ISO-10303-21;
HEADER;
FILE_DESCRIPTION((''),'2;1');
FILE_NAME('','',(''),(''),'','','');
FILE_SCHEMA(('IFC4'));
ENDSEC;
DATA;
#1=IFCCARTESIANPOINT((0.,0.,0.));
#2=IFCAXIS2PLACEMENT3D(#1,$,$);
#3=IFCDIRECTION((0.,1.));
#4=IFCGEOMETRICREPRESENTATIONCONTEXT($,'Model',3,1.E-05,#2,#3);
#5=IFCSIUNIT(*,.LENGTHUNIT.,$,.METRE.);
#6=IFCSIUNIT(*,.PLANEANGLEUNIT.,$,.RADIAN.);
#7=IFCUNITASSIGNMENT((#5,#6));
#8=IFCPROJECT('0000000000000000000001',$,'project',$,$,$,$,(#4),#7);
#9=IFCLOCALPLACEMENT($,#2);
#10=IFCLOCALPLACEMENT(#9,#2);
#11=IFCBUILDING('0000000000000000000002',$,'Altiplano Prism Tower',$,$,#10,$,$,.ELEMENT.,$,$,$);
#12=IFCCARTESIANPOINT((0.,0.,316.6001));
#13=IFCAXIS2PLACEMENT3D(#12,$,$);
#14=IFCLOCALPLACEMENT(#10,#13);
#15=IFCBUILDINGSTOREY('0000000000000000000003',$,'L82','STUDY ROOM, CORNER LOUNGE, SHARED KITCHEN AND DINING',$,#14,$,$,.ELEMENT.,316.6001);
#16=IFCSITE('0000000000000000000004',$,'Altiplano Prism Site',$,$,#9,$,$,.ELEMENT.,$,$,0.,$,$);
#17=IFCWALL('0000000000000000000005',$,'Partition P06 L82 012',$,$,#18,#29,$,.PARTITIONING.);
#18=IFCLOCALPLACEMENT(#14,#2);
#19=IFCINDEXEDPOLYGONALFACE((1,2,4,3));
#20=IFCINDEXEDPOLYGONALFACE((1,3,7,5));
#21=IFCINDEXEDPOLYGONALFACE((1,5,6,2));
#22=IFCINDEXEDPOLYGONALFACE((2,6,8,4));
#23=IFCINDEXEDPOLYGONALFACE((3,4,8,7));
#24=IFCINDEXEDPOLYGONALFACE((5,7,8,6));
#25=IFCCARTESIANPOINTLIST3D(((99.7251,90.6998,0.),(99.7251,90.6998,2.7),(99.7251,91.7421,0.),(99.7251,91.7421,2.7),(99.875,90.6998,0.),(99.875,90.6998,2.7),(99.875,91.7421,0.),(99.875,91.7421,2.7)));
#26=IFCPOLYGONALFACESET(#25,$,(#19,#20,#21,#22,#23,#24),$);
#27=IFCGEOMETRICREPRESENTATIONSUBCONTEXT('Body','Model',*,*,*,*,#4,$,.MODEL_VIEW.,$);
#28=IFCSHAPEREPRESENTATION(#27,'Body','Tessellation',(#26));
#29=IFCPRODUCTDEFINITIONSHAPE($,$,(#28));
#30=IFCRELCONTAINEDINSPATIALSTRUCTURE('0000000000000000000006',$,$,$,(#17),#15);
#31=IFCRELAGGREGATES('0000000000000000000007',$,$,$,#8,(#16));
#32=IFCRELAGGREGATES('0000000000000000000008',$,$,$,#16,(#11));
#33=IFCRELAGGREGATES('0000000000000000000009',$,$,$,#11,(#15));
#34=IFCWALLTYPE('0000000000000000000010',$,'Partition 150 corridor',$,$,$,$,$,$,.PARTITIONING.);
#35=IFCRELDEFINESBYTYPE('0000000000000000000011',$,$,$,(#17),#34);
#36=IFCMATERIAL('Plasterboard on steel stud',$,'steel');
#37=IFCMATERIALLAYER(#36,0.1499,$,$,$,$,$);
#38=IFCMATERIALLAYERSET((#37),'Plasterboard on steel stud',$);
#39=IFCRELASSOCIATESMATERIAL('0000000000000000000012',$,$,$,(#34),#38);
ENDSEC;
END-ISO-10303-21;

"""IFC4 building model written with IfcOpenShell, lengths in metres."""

from ifc_helpers import new_model, si_unit, direction, frame, frame_2d, origin, place, context, subcontext, project, spatial, rectangle, extrude, material, layer, layer_set, type_object, element, save


model = new_model("IFC4")

# Units and contexts
model_context = context("Model", 3, precision=1e-05, world=origin(), true_north=direction((0.0, 1.0)))
body_context = subcontext(model_context, "Body", "Model", "MODEL_VIEW")
ifc_project = project(units=[si_unit("LENGTHUNIT", "METRE"), si_unit("PLANEANGLEUNIT", "RADIAN")], contexts=[model_context])

# Site, building, storey
site_placement = place(None, origin())
site = spatial("IfcSite", under=ifc_project, at=site_placement, Name="Altiplano Prism Site", CompositionType="ELEMENT", RefElevation=0.0)
building_placement = place(site_placement, origin())
building = spatial("IfcBuilding", under=site, at=building_placement, Name="Altiplano Prism Tower", CompositionType="ELEMENT")
storey_placement = place(building_placement, frame((0.0, 0.0, 316.6001)))
storey = spatial("IfcBuildingStorey", under=building, at=storey_placement, Name="L82", Description="STUDY ROOM, CORNER LOUNGE, SHARED KITCHEN AND DINING", CompositionType="ELEMENT", Elevation=316.6001)

# Shared definitions
ifc_material_1 = material(Name="Plasterboard on steel stud", Category="steel")

# Shared definitions
ifc_layer_1 = layer(ifc_material_1, 0.1499)
ifc_layer_set_1 = layer_set([ifc_layer_1], Name="Plasterboard on steel stud")
wall_type_1 = type_object("IfcWallType", Name="Partition 150 corridor", PredefinedType="PARTITIONING", material=ifc_layer_set_1)

# Wall
wall_1_placement = place(storey_placement, frame((99.8, 90.7, 0.0), z_axis=(0.0, 0.0, 1.0), x_axis=(0.0, 1.0, 0.0)))
element("IfcWall", 1, at=wall_1_placement, inside=storey, type_object=wall_type_1, Name="Partition P06 L82 012", PredefinedType="PARTITIONING", context=body_context, shape_type="SweptSolid", body=[
    extrude(rectangle(XDim=1.0422, YDim=0.1499, at=frame_2d((0.521, 0.0))), origin(), (0.0, 0.0, 1.0), 2.7),
])

save(model, "model.ifc")
